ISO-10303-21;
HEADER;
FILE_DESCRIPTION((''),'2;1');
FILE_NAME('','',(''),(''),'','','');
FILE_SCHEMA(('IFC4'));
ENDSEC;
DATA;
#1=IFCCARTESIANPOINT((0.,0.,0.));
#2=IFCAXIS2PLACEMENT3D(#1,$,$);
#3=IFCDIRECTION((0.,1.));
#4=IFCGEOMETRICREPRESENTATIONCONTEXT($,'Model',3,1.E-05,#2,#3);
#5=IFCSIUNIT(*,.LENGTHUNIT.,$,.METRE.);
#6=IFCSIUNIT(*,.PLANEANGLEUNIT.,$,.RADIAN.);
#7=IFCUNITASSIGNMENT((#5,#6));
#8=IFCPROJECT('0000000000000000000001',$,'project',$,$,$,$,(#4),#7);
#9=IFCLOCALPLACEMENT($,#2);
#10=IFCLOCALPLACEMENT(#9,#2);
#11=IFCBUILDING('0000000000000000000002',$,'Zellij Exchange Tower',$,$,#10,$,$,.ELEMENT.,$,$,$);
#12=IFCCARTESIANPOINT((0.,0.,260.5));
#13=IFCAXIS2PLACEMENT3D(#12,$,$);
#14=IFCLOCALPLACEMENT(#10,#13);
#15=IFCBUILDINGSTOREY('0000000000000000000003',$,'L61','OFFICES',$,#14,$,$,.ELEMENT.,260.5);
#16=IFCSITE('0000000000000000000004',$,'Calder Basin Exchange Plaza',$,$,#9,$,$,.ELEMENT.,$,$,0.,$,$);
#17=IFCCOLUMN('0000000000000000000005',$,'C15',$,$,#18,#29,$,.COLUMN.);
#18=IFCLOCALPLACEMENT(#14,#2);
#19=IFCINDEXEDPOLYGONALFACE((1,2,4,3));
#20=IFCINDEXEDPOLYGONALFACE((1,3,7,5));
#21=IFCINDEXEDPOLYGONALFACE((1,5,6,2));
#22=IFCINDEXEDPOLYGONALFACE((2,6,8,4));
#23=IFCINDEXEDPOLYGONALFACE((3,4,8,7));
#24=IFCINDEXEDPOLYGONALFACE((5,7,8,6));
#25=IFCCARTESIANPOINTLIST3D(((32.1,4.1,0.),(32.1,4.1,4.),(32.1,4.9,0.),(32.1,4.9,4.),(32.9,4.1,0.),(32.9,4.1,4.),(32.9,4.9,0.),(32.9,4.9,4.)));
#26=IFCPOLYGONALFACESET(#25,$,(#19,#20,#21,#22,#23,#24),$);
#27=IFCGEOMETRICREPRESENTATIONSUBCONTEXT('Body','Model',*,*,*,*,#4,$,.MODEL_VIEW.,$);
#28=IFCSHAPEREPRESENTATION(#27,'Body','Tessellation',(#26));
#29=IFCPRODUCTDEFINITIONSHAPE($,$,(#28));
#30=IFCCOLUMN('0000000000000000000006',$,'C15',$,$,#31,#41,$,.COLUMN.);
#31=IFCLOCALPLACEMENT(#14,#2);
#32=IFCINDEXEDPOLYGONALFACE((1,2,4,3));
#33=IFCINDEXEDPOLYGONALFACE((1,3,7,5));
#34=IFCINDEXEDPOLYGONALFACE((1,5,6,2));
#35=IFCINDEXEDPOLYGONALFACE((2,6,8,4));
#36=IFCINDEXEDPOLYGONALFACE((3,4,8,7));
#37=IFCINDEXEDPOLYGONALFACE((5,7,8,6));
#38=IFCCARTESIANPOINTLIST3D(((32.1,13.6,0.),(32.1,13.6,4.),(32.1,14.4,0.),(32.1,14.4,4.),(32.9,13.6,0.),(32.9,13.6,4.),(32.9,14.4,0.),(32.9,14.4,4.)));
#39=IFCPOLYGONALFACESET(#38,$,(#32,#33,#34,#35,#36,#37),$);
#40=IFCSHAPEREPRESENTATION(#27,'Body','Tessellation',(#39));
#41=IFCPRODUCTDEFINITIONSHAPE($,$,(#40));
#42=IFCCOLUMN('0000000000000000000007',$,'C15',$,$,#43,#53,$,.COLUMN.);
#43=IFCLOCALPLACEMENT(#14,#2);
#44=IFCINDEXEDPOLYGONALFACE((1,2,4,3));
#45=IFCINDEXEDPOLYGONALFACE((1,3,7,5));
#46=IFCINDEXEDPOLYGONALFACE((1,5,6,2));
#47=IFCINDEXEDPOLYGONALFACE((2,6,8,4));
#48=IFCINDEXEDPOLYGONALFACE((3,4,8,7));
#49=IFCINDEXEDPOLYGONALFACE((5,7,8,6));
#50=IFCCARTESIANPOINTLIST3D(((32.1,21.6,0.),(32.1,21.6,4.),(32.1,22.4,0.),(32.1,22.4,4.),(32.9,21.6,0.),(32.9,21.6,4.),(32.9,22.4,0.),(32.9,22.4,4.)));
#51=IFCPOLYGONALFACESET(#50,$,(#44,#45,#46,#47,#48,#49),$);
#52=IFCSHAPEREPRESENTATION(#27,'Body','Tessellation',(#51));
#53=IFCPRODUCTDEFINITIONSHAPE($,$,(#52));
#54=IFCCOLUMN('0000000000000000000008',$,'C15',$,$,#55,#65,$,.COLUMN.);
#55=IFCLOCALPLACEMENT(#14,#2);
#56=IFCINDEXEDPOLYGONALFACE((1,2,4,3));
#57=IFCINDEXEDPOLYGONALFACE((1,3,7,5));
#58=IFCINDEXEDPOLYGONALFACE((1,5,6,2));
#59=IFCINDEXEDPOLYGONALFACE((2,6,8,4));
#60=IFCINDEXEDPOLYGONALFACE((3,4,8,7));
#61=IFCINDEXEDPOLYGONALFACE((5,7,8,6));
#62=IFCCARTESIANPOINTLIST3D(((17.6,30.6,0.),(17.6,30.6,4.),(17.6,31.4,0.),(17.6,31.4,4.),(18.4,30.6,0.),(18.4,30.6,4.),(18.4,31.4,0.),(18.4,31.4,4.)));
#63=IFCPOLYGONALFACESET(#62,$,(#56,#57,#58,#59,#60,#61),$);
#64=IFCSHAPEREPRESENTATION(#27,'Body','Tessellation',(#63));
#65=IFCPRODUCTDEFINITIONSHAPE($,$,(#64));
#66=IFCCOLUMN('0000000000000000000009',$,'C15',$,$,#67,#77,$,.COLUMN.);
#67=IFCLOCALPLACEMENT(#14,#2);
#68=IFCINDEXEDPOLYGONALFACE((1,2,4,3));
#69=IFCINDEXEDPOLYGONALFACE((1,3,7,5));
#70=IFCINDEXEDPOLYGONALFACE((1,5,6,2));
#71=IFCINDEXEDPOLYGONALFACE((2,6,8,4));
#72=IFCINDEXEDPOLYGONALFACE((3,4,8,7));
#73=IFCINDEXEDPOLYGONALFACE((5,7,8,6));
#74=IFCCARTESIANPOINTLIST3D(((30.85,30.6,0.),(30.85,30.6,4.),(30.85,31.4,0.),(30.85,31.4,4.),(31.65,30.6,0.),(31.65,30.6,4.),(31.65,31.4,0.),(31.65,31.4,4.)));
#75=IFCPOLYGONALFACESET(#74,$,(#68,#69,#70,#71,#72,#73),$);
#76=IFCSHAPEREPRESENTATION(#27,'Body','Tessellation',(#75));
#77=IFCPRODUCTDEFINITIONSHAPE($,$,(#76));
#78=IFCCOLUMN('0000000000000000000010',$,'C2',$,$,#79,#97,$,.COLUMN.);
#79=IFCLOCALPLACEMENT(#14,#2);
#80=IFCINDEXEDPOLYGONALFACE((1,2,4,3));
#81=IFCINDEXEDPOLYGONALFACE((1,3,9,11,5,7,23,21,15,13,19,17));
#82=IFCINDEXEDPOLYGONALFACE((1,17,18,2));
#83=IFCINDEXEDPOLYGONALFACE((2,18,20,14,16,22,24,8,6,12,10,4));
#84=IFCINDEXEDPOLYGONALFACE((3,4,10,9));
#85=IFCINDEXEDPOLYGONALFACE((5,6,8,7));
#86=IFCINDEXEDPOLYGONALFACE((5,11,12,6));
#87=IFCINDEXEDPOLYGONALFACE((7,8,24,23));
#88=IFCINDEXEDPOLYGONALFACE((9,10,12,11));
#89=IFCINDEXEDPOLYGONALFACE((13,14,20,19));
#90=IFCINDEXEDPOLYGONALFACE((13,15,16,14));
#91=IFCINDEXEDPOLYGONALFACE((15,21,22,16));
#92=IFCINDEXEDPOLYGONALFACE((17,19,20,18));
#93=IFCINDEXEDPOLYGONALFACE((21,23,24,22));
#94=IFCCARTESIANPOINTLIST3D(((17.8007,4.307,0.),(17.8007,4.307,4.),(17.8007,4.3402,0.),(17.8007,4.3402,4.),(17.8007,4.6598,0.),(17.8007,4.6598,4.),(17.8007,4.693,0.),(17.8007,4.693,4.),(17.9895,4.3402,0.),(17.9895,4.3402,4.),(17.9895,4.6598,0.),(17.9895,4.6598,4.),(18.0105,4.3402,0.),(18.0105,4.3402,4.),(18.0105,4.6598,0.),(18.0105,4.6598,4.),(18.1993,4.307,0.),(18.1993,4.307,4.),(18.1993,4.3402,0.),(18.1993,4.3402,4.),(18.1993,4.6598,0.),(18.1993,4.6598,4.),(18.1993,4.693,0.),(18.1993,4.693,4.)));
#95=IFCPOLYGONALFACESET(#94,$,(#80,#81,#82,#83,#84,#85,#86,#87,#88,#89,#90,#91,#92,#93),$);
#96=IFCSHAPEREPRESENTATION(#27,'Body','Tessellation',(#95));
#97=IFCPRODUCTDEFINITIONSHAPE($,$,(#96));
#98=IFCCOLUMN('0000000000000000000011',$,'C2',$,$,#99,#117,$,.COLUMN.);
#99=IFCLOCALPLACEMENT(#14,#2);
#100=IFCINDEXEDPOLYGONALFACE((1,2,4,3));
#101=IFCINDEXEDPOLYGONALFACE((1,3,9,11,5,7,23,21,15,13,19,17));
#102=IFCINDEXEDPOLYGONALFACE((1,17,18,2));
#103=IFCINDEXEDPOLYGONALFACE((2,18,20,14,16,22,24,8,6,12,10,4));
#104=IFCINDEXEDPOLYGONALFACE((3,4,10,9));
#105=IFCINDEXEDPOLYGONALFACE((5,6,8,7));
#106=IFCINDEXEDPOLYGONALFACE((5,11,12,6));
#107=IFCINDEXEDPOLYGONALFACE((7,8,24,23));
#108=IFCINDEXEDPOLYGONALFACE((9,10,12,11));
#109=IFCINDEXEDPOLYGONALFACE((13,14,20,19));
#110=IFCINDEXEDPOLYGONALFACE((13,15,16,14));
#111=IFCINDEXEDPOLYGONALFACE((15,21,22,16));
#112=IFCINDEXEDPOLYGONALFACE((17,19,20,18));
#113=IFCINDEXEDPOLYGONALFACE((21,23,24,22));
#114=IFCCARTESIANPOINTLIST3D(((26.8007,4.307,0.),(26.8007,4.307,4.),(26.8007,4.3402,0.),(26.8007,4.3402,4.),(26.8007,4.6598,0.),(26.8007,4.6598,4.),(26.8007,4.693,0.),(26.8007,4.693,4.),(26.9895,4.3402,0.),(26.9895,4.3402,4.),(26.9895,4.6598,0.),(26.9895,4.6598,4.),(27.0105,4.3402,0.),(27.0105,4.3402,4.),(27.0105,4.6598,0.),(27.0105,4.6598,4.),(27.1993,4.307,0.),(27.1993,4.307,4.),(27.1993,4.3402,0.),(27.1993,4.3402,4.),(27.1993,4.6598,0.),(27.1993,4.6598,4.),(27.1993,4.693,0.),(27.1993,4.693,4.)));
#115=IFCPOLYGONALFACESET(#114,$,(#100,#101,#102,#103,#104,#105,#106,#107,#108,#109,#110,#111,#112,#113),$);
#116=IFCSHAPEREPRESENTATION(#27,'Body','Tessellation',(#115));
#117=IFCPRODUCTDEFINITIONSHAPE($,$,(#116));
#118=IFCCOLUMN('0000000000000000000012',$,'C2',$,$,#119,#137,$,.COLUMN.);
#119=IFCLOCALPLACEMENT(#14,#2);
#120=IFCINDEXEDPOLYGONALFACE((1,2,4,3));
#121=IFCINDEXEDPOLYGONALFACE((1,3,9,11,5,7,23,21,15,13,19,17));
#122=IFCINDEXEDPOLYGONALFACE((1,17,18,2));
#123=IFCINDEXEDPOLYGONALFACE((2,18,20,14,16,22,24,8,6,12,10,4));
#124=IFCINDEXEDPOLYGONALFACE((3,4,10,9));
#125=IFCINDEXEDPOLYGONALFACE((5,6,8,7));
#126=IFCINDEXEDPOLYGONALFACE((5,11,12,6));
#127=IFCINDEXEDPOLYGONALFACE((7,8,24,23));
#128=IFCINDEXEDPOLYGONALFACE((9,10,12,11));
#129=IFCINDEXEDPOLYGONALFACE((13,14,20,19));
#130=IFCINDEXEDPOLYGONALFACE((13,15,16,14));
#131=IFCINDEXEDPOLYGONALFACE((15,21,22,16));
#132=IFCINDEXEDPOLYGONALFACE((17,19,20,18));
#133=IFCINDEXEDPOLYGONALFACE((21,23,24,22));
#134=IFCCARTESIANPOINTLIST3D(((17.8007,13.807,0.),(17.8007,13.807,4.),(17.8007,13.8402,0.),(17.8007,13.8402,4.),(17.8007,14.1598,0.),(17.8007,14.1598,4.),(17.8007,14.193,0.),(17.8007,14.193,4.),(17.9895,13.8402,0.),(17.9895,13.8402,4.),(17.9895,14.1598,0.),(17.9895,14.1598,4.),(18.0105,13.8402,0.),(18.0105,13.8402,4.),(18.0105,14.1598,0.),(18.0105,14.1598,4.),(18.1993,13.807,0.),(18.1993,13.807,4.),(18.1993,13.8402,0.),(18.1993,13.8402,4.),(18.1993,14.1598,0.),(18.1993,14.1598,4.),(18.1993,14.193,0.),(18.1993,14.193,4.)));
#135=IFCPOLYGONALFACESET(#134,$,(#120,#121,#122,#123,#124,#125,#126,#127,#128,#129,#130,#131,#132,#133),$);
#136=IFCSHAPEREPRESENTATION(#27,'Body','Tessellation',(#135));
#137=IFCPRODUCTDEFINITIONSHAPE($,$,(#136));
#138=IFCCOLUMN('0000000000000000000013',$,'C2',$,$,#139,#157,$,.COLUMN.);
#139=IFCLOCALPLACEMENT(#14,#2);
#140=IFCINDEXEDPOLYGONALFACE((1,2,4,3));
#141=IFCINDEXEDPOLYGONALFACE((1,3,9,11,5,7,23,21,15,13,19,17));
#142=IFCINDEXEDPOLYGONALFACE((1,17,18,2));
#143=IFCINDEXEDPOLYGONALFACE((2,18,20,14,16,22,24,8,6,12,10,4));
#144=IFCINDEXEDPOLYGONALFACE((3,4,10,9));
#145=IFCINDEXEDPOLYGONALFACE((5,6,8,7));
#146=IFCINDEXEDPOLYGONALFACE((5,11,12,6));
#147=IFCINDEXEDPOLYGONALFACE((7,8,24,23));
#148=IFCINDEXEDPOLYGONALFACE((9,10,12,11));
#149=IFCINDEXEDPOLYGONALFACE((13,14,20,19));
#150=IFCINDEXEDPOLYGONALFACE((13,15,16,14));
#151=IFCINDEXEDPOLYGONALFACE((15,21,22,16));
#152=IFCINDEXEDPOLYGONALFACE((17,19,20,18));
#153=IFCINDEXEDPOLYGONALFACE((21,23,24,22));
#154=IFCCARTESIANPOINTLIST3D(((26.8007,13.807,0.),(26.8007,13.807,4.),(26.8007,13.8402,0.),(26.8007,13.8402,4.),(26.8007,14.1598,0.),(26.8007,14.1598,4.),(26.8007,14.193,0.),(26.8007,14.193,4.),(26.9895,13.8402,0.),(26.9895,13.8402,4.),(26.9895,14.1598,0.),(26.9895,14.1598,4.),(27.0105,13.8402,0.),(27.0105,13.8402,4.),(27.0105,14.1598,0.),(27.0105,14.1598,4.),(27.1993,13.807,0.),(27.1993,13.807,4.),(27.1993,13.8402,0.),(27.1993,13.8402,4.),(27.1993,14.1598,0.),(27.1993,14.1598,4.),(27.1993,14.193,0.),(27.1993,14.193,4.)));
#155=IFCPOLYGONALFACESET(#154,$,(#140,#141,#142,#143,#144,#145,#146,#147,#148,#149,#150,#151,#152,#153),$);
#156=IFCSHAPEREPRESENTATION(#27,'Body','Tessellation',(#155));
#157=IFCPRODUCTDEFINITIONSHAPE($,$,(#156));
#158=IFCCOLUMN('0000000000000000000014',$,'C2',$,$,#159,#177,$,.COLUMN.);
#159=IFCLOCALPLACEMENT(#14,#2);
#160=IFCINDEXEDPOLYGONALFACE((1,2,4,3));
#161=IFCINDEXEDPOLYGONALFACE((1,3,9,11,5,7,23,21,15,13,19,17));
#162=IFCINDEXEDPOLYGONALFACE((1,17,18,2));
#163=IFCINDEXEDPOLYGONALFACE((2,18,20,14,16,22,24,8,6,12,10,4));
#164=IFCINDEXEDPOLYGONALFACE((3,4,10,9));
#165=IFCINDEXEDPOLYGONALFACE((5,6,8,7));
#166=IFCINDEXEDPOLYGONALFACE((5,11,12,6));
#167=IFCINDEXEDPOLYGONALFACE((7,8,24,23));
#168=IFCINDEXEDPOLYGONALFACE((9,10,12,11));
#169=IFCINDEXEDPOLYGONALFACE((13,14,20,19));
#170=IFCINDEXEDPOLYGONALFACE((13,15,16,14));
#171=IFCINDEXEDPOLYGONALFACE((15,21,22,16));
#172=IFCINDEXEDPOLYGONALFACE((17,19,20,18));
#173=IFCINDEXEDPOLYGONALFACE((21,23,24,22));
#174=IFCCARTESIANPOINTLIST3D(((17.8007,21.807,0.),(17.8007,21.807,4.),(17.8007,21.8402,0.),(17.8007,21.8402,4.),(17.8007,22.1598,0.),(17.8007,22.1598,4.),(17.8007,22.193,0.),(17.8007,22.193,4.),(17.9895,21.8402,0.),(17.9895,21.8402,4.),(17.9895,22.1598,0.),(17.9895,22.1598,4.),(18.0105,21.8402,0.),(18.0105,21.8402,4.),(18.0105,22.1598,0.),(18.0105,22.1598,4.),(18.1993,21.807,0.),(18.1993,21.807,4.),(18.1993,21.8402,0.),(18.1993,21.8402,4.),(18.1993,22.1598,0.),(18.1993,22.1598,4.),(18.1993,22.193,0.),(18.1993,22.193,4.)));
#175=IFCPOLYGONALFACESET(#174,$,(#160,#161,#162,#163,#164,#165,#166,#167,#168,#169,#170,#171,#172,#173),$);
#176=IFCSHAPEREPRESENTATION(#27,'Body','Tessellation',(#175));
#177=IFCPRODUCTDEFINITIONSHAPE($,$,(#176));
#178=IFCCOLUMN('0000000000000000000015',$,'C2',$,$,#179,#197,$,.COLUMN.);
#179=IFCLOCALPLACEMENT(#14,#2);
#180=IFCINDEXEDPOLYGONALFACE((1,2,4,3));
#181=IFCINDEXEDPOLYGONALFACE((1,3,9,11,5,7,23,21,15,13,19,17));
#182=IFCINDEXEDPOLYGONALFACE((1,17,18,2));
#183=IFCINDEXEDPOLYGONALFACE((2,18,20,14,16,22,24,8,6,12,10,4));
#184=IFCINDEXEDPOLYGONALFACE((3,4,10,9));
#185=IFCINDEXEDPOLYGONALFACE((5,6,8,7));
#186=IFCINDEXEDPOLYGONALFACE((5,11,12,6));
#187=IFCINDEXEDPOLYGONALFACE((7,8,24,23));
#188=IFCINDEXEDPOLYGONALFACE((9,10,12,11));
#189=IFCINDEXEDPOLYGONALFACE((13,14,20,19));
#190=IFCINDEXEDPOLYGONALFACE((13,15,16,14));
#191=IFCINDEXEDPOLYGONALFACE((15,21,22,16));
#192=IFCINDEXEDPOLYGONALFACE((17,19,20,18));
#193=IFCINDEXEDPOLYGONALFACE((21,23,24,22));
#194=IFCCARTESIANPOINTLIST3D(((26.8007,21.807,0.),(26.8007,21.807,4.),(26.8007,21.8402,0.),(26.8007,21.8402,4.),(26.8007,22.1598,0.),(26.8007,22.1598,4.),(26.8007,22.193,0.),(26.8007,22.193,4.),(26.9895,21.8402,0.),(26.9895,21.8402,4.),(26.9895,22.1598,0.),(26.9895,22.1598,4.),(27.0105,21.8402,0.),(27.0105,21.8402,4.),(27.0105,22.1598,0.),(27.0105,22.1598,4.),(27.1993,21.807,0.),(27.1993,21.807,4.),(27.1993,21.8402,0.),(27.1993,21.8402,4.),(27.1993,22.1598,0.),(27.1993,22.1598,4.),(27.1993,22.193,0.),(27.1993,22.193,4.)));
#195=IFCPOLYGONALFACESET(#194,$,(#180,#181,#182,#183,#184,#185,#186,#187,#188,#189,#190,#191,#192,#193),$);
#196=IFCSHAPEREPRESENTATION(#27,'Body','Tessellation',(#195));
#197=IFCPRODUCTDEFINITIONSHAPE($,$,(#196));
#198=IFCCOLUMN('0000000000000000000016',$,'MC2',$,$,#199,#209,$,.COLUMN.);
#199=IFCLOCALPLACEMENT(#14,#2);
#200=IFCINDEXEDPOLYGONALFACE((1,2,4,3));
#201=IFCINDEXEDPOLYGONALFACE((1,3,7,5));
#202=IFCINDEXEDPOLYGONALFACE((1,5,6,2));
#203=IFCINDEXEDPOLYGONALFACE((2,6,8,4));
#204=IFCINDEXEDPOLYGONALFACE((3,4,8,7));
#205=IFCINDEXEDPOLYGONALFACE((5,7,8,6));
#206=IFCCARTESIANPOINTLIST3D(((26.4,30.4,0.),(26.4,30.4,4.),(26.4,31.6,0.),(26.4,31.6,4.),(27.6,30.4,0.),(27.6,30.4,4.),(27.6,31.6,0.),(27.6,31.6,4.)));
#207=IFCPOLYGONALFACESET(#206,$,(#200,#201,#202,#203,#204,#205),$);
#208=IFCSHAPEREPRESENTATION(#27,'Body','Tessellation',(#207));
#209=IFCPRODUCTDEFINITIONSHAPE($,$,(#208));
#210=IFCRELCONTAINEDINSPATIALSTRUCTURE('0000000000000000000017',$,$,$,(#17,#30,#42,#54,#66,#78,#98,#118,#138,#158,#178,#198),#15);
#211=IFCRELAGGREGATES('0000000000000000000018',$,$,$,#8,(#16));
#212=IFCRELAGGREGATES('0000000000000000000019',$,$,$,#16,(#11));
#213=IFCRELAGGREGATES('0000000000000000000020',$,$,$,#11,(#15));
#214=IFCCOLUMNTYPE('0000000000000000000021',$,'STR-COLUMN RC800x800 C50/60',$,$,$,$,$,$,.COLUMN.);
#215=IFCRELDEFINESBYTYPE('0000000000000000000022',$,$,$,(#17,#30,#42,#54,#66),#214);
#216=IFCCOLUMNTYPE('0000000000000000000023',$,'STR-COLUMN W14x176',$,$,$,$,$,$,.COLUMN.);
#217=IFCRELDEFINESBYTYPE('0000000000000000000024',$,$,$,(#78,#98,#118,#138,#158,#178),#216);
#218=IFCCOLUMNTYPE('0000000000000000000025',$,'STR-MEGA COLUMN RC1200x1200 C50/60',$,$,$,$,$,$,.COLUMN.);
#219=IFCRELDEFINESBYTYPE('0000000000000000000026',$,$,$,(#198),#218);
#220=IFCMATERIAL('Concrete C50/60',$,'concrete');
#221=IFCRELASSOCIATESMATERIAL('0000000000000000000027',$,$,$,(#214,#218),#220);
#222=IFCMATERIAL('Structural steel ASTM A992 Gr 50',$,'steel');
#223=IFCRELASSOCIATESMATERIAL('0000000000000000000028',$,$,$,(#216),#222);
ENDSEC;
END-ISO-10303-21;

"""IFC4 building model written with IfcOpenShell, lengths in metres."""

from ifc_helpers import new_model, si_unit, direction, frame, origin, origin_2d, place, context, subcontext, project, spatial, rectangle, i_section, extrude, material, material_profile, profile_set, type_object, element, save


model = new_model("IFC4")

# Units and contexts
model_context = context("Model", 3, precision=1e-05, world=origin(), true_north=direction((0.0, 1.0)))
body_context = subcontext(model_context, "Body", "Model", "MODEL_VIEW")
ifc_project = project(units=[si_unit("LENGTHUNIT", "METRE"), si_unit("PLANEANGLEUNIT", "RADIAN")], contexts=[model_context])

# Site, building, storey
site_placement = place(None, origin())
site = spatial("IfcSite", under=ifc_project, at=site_placement, Name="Calder Basin Exchange Plaza", CompositionType="ELEMENT", RefElevation=0.0)
building_placement = place(site_placement, origin())
building = spatial("IfcBuilding", under=site, at=building_placement, Name="Zellij Exchange Tower", CompositionType="ELEMENT")
storey_placement = place(building_placement, frame((0.0, 0.0, 260.5)))
storey = spatial("IfcBuildingStorey", under=building, at=storey_placement, Name="L61", Description="OFFICES", CompositionType="ELEMENT", Elevation=260.5)

# Columns
ifc_material_1 = material(Name="Concrete C50/60", Category="concrete")
ifc_material_profile_1 = material_profile(ifc_material_1, rectangle(XDim=0.8, YDim=0.8, at=origin_2d()), Name="STR-COLUMN RC800x800 C50/60")
ifc_profile_set_1 = profile_set([ifc_material_profile_1], Name="Concrete C50/60")
column_type_1 = type_object("IfcColumnType", Name="STR-COLUMN RC800x800 C50/60", PredefinedType="COLUMN", material=ifc_profile_set_1)
for number, where, z_axis, x_axis, name in (
    (1, (32.5, 4.5, 0.0), (0.0, 0.0, 1.0), (1.0, 0.0, 0.0), "C15"),
    (2, (32.5, 14.0, 0.0), (0.0, 0.0, 1.0), (1.0, 0.0, 0.0), "C15"),
    (3, (32.5, 22.0, 0.0), (0.0, 0.0, 1.0), (1.0, 0.0, 0.0), "C15"),
    (4, (18.0, 31.0, 0.0), (0.0, 0.0, 1.0), (1.0, 0.0, 0.0), "C15"),
    (5, (31.25, 31.0, 0.0), (0.0, 0.0, 1.0), (1.0, 0.0, 0.0), "C15"),
):
    element("IfcColumn", number, at=place(storey_placement, frame(where, z_axis=z_axis, x_axis=x_axis)), inside=storey, type_object=column_type_1, Name=name, PredefinedType="COLUMN", context=body_context, shape_type="SweptSolid", body=[
        extrude(rectangle(XDim=0.8, YDim=0.8, at=origin_2d()), origin(), (0.0, 0.0, 1.0), 4.0),
    ])
ifc_material_2 = material(Name="Structural steel ASTM A992 Gr 50", Category="steel")
ifc_material_profile_2 = material_profile(ifc_material_2, i_section(OverallWidth=0.3987, OverallDepth=0.386, WebThickness=0.021, FlangeThickness=0.0332, at=origin_2d()), Name="W14x176")
ifc_profile_set_2 = profile_set([ifc_material_profile_2], Name="Structural steel ASTM A992 Gr 50")
column_type_2 = type_object("IfcColumnType", Name="STR-COLUMN W14x176", PredefinedType="COLUMN", material=ifc_profile_set_2)
for number, where, z_axis, x_axis, name in (
    (6, (18.0, 4.5, 0.0), (0.0, 0.0, 1.0), (1.0, 0.0, 0.0), "C2"),
    (7, (27.0, 4.5, 0.0), (0.0, 0.0, 1.0), (1.0, 0.0, 0.0), "C2"),
    (8, (18.0, 14.0, 0.0), (0.0, 0.0, 1.0), (1.0, 0.0, 0.0), "C2"),
    (9, (27.0, 14.0, 0.0), (0.0, 0.0, 1.0), (1.0, 0.0, 0.0), "C2"),
    (10, (18.0, 22.0, 0.0), (0.0, 0.0, 1.0), (1.0, 0.0, 0.0), "C2"),
    (11, (27.0, 22.0, 0.0), (0.0, 0.0, 1.0), (1.0, 0.0, 0.0), "C2"),
):
    element("IfcColumn", number, at=place(storey_placement, frame(where, z_axis=z_axis, x_axis=x_axis)), inside=storey, type_object=column_type_2, Name=name, PredefinedType="COLUMN", context=body_context, shape_type="SweptSolid", body=[
        extrude(i_section(OverallWidth=0.3987, OverallDepth=0.386, WebThickness=0.021, FlangeThickness=0.0332, at=origin_2d()), origin(), (0.0, 0.0, 1.0), 4.0),
    ])
ifc_material_profile_3 = material_profile(ifc_material_1, rectangle(XDim=1.2, YDim=1.2, at=origin_2d()), Name="STR-MEGA COLUMN RC1200x1200 C50/60")
ifc_profile_set_3 = profile_set([ifc_material_profile_3], Name="Concrete C50/60")
column_type_3 = type_object("IfcColumnType", Name="STR-MEGA COLUMN RC1200x1200 C50/60", PredefinedType="COLUMN", material=ifc_profile_set_3)
column_placement = place(storey_placement, frame((27.0, 31.0, 0.0), z_axis=(0.0, 0.0, 1.0), x_axis=(1.0, 0.0, 0.0)))
element("IfcColumn", 12, at=column_placement, inside=storey, type_object=column_type_3, Name="MC2", PredefinedType="COLUMN", context=body_context, shape_type="SweptSolid", body=[
    extrude(rectangle(XDim=1.2, YDim=1.2, at=origin_2d()), origin(), (0.0, 0.0, 1.0), 4.0),
])

save(model, "model.ifc")
